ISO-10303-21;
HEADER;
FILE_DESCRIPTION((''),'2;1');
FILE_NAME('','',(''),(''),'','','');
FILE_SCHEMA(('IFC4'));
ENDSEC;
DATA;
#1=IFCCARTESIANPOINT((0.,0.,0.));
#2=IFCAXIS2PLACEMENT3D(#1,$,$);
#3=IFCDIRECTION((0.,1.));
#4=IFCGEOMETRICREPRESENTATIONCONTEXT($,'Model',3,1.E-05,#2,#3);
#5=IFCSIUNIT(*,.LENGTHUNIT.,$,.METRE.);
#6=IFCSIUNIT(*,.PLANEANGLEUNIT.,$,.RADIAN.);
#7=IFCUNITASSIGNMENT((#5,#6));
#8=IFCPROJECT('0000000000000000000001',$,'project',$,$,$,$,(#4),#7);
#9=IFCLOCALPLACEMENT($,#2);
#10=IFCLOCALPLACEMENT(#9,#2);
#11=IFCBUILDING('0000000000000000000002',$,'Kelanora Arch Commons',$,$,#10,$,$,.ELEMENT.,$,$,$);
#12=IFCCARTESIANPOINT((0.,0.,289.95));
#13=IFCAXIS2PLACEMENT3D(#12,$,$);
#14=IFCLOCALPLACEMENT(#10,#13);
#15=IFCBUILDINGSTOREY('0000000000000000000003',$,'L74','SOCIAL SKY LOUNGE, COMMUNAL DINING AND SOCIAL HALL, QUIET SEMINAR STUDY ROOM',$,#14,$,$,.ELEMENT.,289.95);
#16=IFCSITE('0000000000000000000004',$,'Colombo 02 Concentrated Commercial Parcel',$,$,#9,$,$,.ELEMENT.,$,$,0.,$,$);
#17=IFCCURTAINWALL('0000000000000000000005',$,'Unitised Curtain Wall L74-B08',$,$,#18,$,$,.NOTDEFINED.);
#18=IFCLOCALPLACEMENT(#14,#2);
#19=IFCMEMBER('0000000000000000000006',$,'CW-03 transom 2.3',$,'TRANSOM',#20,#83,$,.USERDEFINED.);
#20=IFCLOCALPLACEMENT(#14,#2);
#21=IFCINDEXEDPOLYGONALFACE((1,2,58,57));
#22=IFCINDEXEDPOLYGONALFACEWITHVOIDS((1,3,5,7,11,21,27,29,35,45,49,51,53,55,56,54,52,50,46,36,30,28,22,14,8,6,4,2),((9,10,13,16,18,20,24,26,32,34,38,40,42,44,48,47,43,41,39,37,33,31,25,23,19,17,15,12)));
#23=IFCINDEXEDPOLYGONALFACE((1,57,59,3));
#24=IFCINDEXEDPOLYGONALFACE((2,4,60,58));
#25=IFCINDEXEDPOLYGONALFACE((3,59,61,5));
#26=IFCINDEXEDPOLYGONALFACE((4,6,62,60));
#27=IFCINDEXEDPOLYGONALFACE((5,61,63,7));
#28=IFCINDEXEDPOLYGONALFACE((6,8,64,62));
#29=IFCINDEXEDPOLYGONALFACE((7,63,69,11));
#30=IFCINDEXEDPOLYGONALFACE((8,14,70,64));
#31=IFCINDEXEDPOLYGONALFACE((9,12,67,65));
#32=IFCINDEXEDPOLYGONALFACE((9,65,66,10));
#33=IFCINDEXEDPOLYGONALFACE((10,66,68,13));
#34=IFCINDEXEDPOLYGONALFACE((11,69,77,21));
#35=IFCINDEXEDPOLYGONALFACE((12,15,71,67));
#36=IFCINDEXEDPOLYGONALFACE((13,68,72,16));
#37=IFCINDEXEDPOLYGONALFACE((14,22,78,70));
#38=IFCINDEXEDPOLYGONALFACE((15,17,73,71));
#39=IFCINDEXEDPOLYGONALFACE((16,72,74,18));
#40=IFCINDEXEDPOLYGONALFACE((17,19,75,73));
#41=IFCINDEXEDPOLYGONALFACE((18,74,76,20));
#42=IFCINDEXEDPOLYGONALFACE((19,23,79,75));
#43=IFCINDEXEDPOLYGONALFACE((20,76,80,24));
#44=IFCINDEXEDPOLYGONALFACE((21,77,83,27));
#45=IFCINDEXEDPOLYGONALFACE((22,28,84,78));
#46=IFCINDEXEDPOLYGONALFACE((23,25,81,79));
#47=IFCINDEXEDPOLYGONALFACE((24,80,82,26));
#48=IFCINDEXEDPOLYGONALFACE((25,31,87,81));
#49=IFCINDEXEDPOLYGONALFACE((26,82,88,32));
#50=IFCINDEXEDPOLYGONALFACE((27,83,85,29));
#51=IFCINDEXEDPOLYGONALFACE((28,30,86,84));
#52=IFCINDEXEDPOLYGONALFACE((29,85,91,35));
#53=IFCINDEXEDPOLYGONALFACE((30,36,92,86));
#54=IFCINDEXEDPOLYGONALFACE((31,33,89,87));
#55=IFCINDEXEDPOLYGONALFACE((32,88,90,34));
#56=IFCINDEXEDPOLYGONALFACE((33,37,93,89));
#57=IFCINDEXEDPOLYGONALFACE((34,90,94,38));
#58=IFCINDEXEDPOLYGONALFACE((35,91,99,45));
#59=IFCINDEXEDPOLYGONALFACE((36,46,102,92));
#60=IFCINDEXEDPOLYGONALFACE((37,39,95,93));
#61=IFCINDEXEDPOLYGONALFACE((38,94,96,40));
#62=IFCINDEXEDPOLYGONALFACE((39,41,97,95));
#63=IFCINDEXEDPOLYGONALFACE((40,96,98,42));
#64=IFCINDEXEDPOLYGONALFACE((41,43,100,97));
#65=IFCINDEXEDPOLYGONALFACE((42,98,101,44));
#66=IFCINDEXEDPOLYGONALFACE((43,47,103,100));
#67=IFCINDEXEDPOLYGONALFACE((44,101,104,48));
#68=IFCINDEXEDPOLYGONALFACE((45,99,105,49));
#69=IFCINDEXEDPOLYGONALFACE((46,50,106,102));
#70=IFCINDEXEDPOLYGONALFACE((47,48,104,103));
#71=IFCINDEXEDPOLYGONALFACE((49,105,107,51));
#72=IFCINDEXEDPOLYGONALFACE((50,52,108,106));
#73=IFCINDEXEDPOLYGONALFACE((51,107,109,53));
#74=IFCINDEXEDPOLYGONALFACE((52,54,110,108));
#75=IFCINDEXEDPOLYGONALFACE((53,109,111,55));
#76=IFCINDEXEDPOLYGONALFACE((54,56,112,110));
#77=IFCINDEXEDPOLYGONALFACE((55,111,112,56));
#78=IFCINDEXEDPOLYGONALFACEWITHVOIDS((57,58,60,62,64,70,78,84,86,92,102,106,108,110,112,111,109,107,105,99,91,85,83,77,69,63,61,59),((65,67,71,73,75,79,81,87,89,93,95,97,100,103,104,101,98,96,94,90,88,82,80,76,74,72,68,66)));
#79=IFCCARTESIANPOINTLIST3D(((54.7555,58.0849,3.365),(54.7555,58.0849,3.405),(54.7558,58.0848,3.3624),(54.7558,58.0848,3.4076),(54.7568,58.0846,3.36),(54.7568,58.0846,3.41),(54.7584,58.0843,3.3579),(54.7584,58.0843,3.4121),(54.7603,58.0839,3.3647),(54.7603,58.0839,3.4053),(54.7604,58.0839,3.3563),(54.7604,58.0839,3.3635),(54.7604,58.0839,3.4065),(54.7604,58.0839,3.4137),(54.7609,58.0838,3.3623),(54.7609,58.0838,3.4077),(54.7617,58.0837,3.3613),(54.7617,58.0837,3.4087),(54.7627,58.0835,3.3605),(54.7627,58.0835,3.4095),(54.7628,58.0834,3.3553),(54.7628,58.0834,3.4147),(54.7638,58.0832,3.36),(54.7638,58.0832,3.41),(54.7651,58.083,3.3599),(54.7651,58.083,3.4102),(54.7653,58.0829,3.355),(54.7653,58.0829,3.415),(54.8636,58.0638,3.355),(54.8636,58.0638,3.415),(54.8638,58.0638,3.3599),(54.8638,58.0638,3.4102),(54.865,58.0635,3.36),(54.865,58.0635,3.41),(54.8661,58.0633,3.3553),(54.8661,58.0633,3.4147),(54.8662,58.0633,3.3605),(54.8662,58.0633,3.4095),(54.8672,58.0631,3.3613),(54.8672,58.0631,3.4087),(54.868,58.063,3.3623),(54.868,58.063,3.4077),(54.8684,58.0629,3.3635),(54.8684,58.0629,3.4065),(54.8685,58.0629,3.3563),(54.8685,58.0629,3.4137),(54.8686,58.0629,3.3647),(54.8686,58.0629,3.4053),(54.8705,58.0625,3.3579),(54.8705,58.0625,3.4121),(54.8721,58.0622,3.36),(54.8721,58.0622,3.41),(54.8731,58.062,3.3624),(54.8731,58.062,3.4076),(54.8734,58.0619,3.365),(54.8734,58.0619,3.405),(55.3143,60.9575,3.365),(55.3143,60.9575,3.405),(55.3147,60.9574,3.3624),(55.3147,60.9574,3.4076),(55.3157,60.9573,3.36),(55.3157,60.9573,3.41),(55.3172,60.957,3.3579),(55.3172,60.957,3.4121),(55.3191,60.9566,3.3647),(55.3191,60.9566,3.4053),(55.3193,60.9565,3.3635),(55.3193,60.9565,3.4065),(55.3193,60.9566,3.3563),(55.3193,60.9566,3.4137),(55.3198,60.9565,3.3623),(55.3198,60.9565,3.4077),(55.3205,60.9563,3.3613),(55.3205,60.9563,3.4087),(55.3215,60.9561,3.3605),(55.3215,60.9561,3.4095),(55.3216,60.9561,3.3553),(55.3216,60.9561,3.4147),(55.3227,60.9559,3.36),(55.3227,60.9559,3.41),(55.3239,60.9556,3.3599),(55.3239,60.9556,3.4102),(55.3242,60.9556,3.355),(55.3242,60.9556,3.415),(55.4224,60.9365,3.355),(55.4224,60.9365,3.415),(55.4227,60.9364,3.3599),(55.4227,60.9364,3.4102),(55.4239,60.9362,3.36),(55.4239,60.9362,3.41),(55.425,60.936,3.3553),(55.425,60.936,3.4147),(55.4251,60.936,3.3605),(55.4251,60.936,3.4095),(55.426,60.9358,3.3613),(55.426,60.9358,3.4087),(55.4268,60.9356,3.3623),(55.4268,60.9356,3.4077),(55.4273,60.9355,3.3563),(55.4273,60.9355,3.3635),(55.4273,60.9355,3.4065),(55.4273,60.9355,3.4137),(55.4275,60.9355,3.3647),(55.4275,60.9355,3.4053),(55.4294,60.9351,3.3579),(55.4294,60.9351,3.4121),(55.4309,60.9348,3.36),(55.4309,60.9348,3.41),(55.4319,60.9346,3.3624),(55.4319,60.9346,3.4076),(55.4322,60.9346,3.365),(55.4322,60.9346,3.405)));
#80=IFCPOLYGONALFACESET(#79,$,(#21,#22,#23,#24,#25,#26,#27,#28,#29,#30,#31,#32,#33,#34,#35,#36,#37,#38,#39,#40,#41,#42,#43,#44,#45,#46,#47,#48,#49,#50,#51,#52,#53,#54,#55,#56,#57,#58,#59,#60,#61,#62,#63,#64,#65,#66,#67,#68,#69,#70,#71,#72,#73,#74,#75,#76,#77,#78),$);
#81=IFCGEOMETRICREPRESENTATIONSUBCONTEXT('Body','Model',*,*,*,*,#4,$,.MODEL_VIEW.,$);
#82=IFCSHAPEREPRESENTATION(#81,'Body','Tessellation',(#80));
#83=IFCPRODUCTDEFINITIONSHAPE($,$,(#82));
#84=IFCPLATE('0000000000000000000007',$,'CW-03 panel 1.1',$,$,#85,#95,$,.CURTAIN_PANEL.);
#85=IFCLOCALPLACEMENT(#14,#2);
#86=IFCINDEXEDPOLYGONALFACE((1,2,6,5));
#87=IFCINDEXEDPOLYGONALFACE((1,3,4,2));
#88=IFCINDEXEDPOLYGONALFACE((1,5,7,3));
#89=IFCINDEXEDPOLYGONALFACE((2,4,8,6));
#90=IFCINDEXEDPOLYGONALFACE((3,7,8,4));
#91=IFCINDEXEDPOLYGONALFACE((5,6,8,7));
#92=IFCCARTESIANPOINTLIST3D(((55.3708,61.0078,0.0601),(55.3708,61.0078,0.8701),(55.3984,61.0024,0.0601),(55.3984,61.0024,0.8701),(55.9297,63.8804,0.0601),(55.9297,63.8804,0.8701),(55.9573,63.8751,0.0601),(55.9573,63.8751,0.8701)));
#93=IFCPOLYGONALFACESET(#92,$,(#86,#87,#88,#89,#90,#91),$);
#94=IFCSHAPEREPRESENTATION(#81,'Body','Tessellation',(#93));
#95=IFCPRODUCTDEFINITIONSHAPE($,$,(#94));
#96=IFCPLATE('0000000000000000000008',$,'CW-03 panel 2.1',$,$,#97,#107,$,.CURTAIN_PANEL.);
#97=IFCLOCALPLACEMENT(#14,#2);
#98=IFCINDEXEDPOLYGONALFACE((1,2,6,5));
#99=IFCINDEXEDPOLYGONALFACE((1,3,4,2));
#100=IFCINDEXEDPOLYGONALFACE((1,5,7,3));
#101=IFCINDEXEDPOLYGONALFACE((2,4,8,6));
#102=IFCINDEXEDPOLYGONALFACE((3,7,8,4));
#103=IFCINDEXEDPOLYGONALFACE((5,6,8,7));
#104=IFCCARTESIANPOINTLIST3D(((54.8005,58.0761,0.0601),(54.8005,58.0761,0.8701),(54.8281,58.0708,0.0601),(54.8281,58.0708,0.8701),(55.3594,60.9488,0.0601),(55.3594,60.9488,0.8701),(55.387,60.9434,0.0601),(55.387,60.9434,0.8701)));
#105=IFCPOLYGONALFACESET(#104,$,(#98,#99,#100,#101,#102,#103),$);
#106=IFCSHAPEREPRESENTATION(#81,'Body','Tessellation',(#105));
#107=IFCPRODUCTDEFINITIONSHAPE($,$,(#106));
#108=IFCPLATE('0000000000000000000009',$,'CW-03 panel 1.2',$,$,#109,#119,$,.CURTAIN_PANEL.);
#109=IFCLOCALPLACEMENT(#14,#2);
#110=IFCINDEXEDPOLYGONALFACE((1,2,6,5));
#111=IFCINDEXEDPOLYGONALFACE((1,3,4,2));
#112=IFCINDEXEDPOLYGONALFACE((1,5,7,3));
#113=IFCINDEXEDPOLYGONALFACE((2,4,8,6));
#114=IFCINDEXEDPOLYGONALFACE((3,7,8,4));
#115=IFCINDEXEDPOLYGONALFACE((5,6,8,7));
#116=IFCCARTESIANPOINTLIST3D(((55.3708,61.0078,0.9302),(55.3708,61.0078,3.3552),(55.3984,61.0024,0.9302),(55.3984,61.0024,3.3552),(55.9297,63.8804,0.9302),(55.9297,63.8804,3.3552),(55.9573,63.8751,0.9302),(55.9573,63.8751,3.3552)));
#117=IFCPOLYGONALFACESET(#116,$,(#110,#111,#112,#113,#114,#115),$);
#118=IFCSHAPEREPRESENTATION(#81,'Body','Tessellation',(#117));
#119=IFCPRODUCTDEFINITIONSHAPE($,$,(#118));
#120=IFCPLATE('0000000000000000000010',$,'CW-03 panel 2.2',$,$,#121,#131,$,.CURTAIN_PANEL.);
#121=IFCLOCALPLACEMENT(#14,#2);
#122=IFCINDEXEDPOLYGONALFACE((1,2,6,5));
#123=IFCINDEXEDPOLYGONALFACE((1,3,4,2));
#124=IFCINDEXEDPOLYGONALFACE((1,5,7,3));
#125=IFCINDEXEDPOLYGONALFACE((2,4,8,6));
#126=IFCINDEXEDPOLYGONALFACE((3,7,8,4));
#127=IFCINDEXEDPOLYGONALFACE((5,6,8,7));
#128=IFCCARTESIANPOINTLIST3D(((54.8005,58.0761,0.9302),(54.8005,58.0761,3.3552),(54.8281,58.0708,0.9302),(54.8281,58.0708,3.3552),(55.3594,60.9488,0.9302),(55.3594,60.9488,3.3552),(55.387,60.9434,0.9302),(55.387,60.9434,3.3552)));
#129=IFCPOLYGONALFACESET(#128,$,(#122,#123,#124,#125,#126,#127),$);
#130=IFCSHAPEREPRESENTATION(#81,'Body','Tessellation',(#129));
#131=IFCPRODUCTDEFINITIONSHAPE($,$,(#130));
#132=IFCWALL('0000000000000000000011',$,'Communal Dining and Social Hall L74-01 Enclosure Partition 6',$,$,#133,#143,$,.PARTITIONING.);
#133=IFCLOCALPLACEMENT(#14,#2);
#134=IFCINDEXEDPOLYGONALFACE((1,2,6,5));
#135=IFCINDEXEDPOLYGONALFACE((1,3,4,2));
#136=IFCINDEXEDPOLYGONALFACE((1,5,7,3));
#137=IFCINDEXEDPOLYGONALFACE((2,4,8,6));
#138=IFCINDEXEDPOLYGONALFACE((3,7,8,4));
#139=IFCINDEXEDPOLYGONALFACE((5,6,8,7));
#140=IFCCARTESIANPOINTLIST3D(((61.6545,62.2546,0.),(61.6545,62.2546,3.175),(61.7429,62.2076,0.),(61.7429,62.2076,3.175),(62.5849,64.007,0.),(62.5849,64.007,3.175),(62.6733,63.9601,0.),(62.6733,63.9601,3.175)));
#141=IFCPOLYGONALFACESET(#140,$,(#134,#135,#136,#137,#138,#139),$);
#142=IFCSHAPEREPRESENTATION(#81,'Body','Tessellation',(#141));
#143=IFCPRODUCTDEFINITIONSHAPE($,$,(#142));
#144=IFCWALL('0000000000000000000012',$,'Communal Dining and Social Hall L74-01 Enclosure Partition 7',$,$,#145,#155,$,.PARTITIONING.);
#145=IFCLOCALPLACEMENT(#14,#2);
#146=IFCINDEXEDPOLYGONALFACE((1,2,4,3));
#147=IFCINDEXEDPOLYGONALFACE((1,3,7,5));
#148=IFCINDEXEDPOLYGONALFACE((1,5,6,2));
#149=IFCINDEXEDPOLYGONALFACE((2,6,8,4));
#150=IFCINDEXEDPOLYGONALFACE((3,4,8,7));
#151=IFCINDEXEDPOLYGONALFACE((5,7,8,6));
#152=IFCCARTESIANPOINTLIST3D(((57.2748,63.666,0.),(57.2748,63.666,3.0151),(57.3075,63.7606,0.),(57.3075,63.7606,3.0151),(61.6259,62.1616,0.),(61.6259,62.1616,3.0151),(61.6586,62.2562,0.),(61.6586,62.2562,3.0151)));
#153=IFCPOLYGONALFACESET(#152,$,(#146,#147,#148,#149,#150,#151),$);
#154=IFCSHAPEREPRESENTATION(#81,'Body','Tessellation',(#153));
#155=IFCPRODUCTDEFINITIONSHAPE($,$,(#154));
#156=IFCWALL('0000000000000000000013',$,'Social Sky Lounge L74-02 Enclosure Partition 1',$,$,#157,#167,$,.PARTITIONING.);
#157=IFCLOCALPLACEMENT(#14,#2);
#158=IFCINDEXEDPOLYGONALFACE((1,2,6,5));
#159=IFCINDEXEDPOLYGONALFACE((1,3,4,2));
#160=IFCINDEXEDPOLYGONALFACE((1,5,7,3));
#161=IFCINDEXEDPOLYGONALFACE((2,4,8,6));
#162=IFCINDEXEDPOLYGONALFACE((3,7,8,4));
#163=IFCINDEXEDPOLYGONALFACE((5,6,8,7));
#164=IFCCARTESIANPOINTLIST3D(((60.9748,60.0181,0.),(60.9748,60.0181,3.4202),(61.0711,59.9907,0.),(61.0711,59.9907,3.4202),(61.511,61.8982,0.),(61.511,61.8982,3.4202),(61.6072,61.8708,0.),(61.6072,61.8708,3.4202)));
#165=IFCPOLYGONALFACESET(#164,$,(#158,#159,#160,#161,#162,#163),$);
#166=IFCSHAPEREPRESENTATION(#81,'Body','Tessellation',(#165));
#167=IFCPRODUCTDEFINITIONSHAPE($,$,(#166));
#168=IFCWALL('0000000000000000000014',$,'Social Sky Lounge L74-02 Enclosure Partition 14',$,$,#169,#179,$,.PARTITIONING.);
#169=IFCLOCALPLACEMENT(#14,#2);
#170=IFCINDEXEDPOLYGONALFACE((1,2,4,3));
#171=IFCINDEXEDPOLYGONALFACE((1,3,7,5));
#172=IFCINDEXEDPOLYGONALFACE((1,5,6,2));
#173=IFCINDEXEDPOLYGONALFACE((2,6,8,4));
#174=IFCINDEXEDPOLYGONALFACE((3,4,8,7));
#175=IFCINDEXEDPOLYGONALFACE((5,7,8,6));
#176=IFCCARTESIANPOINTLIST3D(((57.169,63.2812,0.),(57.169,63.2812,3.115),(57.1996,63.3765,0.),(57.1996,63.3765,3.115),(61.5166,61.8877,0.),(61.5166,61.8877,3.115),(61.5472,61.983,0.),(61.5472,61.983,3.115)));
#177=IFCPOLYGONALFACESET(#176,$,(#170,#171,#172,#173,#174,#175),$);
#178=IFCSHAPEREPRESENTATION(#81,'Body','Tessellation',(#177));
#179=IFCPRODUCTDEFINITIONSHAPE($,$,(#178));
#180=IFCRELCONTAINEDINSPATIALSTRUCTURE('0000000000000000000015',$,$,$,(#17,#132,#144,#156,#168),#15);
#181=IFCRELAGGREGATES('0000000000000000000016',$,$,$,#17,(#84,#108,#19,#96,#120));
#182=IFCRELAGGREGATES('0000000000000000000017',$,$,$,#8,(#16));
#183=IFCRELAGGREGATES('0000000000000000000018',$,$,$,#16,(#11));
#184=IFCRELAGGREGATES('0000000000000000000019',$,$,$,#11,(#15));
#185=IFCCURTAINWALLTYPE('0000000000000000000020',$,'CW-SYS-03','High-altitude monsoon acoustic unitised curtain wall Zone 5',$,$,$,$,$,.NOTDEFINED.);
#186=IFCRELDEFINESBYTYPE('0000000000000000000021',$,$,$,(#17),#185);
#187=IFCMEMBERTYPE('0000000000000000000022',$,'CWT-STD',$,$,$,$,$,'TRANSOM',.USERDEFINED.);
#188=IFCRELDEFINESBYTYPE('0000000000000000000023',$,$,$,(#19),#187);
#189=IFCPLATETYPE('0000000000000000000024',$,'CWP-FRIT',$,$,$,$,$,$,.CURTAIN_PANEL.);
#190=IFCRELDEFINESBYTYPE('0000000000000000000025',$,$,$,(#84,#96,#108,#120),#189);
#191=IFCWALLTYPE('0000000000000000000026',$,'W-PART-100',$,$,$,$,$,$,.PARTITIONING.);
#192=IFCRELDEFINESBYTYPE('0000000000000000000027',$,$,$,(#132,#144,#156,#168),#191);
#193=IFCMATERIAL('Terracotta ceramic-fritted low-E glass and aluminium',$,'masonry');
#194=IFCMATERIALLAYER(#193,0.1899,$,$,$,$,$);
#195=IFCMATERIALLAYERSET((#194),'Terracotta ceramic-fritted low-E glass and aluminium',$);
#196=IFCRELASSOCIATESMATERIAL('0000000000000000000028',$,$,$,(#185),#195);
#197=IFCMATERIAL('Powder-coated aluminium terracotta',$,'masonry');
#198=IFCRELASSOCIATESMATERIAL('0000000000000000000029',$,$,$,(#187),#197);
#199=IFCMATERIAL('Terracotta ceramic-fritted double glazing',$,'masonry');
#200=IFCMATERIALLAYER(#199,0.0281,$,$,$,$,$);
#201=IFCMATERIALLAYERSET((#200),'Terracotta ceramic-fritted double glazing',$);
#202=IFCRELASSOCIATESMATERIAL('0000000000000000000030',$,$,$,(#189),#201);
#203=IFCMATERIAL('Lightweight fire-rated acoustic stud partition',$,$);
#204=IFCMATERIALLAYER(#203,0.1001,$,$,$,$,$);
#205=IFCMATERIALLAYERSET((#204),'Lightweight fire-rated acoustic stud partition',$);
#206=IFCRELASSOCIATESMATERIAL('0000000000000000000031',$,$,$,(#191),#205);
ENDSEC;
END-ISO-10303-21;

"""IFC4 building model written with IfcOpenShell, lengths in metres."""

from ifc_helpers import new_model, si_unit, direction, frame, frame_2d, origin, origin_2d, place, context, subcontext, project, spatial, rectangle, hollow_rectangle, extrude, source, transform, mapped, material, layer, layer_set, material_profile, profile_set, type_object, element, aggregate, save


model = new_model("IFC4")

# Units and contexts
model_context = context("Model", 3, precision=1e-05, world=origin(), true_north=direction((0.0, 1.0)))
body_context = subcontext(model_context, "Body", "Model", "MODEL_VIEW")
ifc_project = project(units=[si_unit("LENGTHUNIT", "METRE"), si_unit("PLANEANGLEUNIT", "RADIAN")], contexts=[model_context])

# Site, building, storey
site_placement = place(None, origin())
site = spatial("IfcSite", under=ifc_project, at=site_placement, Name="Colombo 02 Concentrated Commercial Parcel", CompositionType="ELEMENT", RefElevation=0.0)
building_placement = place(site_placement, origin())
building = spatial("IfcBuilding", under=site, at=building_placement, Name="Kelanora Arch Commons", CompositionType="ELEMENT")
storey_placement = place(building_placement, frame((0.0, 0.0, 289.95)))
storey = spatial("IfcBuildingStorey", under=building, at=storey_placement, Name="L74", Description="SOCIAL SKY LOUNGE, COMMUNAL DINING AND SOCIAL HALL, QUIET SEMINAR STUDY ROOM", CompositionType="ELEMENT", Elevation=289.95)

# Curtain wall, member, plates
ifc_material_1 = material(Name="Terracotta ceramic-fritted low-E glass and aluminium", Category="masonry")
ifc_layer_1 = layer(ifc_material_1, 0.1899)
ifc_layer_set_1 = layer_set([ifc_layer_1], Name="Terracotta ceramic-fritted low-E glass and aluminium")
curtain_wall_type = type_object("IfcCurtainWallType", Name="CW-SYS-03", Description="High-altitude monsoon acoustic unitised curtain wall Zone 5", PredefinedType="NOTDEFINED", material=ifc_layer_set_1)
curtain_wall_placement = place(storey_placement, origin())
curtain_wall = element("IfcCurtainWall", 1, at=curtain_wall_placement, inside=storey, type_object=curtain_wall_type, Name="Unitised Curtain Wall L74-B08", PredefinedType="NOTDEFINED")
ifc_material_2 = material(Name="Powder-coated aluminium terracotta", Category="masonry")
ifc_material_profile_1 = material_profile(ifc_material_2, hollow_rectangle(XDim=0.1201, YDim=0.0601, WallThickness=0.0049, InnerFilletRadius=0.0049, OuterFilletRadius=0.01, at=origin_2d()), Name="CWT120x60")
ifc_profile_set_1 = profile_set([ifc_material_profile_1], Name="Powder-coated aluminium terracotta")
member_type_1 = type_object("IfcMemberType", Name="CWT-STD", ElementType="TRANSOM", PredefinedType="USERDEFINED", material=ifc_profile_set_1)
member_1_placement = place(storey_placement, frame((55.3733, 60.946, 3.385), z_axis=(-0.190963, -0.981597, 0.0), x_axis=(0.981597, -0.190963, 0.0)))
member_1 = element("IfcMember", 2, at=member_1_placement, type_object=member_type_1, Name="CW-03 transom 2.3", ObjectType="TRANSOM", PredefinedType="USERDEFINED", context=body_context, shape_type="SweptSolid", body=[
    extrude(hollow_rectangle(XDim=0.1201, YDim=0.0601, WallThickness=0.0049, InnerFilletRadius=0.0049, OuterFilletRadius=0.01, at=origin_2d()), origin(), (0.0, 0.0, 1.0), 2.9265),
])
ifc_material_3 = material(Name="Terracotta ceramic-fritted double glazing", Category="masonry")
ifc_layer_2 = layer(ifc_material_3, 0.0281)
ifc_layer_set_2 = layer_set([ifc_layer_2], Name="Terracotta ceramic-fritted double glazing")
plate_type = type_object("IfcPlateType", Name="CWP-FRIT", PredefinedType="CURTAIN_PANEL", material=ifc_layer_set_2)
shared_shape_1 = source(origin(), body_context, "Body", "SweptSolid", [
    extrude(rectangle(XDim=2.9265, YDim=0.0281, at=origin_2d()), origin(), (0.0, 0.0, 1.0), 0.8101),
])
plate_1_placement = place(storey_placement, frame((55.6641, 62.4414, 0.0601), z_axis=(0.0, 0.0, 1.0), x_axis=(-0.190972, -0.981596, 0.0)))
plate_1 = element("IfcPlate", 3, at=plate_1_placement, type_object=plate_type, Name="CW-03 panel 1.1", PredefinedType="CURTAIN_PANEL", context=body_context, shape_type="MappedRepresentation", body=[
    mapped(shared_shape_1, transform((0.0, 0.0, 0.0), scale=1.0)),
])
plate_2_placement = place(storey_placement, frame((55.0938, 59.5098, 0.0601), z_axis=(0.0, 0.0, 1.0), x_axis=(-0.190972, -0.981596, 0.0)))
plate_2 = element("IfcPlate", 4, at=plate_2_placement, type_object=plate_type, Name="CW-03 panel 2.1", PredefinedType="CURTAIN_PANEL", context=body_context, shape_type="MappedRepresentation", body=[
    mapped(shared_shape_1, transform((0.0, 0.0, 0.0), scale=1.0)),
])
shared_shape_2 = source(origin(), body_context, "Body", "SweptSolid", [
    extrude(rectangle(XDim=2.9265, YDim=0.0281, at=origin_2d()), origin(), (0.0, 0.0, 1.0), 2.425),
])
plate_3_placement = place(storey_placement, frame((55.6641, 62.4414, 0.9302), z_axis=(0.0, 0.0, 1.0), x_axis=(-0.190972, -0.981596, 0.0)))
plate_3 = element("IfcPlate", 5, at=plate_3_placement, type_object=plate_type, Name="CW-03 panel 1.2", PredefinedType="CURTAIN_PANEL", context=body_context, shape_type="MappedRepresentation", body=[
    mapped(shared_shape_2, transform((0.0, 0.0, 0.0), scale=1.0)),
])
plate_4_placement = place(storey_placement, frame((55.0938, 59.5098, 0.9302), z_axis=(0.0, 0.0, 1.0), x_axis=(-0.190972, -0.981596, 0.0)))
plate_4 = element("IfcPlate", 6, at=plate_4_placement, type_object=plate_type, Name="CW-03 panel 2.2", PredefinedType="CURTAIN_PANEL", context=body_context, shape_type="MappedRepresentation", body=[
    mapped(shared_shape_2, transform((0.0, 0.0, 0.0), scale=1.0)),
])
aggregate(curtain_wall, [plate_1, plate_3, member_1, plate_2, plate_4])

# Walls
ifc_material_4 = material(Name="Lightweight fire-rated acoustic stud partition")
ifc_layer_3 = layer(ifc_material_4, 0.1001)
ifc_layer_set_3 = layer_set([ifc_layer_3], Name="Lightweight fire-rated acoustic stud partition")
wall_type_1 = type_object("IfcWallType", Name="W-PART-100", PredefinedType="PARTITIONING", material=ifc_layer_set_3)
wall_1_placement = place(storey_placement, frame((62.6292, 63.9836, 0.0), z_axis=(0.0, 0.0, 1.0), x_axis=(-0.468933, -0.883234, 0.0)))
element("IfcWall", 7, at=wall_1_placement, inside=storey, type_object=wall_type_1, Name="Communal Dining and Social Hall L74-01 Enclosure Partition 6", PredefinedType="PARTITIONING", context=body_context, shape_type="SweptSolid", body=[
    extrude(rectangle(XDim=1.9841, YDim=0.1001, at=frame_2d((0.9922, 0.0))), origin(), (0.0, 0.0, 1.0), 3.175),
])
wall_2_placement = place(storey_placement, frame((61.6421, 62.209, 0.0), z_axis=(0.0, 0.0, 1.0), x_axis=(-0.945103, 0.326772, 0.0)))
element("IfcWall", 8, at=wall_2_placement, inside=storey, type_object=wall_type_1, Name="Communal Dining and Social Hall L74-01 Enclosure Partition 7", PredefinedType="PARTITIONING", context=body_context, shape_type="SweptSolid", body=[
    extrude(rectangle(XDim=4.6038, YDim=0.1001, at=frame_2d((2.3018, 0.0))), origin(), (0.0, 0.0, 1.0), 3.0151),
])
wall_3_placement = place(storey_placement, frame((61.5591, 61.8845, 0.0), z_axis=(0.0, 0.0, 1.0), x_axis=(-0.274226, -0.961665, 0.0)))
element("IfcWall", 9, at=wall_3_placement, inside=storey, type_object=wall_type_1, Name="Social Sky Lounge L74-02 Enclosure Partition 1", PredefinedType="PARTITIONING", context=body_context, shape_type="SweptSolid", body=[
    extrude(rectangle(XDim=1.9551, YDim=0.1001, at=frame_2d((0.9775, 0.0))), origin(), (0.0, 0.0, 1.0), 3.4202),
])
wall_4_placement = place(storey_placement, frame((57.1843, 63.3289, 0.0), z_axis=(0.0, 0.0, 1.0), x_axis=(0.952278, -0.305234, 0.0)))
element("IfcWall", 10, at=wall_4_placement, inside=storey, type_object=wall_type_1, Name="Social Sky Lounge L74-02 Enclosure Partition 14", PredefinedType="PARTITIONING", context=body_context, shape_type="SweptSolid", body=[
    extrude(rectangle(XDim=4.5654, YDim=0.1001, at=frame_2d((2.2827, 0.0))), origin(), (0.0, 0.0, 1.0), 3.115),
])

save(model, "model.ifc")
